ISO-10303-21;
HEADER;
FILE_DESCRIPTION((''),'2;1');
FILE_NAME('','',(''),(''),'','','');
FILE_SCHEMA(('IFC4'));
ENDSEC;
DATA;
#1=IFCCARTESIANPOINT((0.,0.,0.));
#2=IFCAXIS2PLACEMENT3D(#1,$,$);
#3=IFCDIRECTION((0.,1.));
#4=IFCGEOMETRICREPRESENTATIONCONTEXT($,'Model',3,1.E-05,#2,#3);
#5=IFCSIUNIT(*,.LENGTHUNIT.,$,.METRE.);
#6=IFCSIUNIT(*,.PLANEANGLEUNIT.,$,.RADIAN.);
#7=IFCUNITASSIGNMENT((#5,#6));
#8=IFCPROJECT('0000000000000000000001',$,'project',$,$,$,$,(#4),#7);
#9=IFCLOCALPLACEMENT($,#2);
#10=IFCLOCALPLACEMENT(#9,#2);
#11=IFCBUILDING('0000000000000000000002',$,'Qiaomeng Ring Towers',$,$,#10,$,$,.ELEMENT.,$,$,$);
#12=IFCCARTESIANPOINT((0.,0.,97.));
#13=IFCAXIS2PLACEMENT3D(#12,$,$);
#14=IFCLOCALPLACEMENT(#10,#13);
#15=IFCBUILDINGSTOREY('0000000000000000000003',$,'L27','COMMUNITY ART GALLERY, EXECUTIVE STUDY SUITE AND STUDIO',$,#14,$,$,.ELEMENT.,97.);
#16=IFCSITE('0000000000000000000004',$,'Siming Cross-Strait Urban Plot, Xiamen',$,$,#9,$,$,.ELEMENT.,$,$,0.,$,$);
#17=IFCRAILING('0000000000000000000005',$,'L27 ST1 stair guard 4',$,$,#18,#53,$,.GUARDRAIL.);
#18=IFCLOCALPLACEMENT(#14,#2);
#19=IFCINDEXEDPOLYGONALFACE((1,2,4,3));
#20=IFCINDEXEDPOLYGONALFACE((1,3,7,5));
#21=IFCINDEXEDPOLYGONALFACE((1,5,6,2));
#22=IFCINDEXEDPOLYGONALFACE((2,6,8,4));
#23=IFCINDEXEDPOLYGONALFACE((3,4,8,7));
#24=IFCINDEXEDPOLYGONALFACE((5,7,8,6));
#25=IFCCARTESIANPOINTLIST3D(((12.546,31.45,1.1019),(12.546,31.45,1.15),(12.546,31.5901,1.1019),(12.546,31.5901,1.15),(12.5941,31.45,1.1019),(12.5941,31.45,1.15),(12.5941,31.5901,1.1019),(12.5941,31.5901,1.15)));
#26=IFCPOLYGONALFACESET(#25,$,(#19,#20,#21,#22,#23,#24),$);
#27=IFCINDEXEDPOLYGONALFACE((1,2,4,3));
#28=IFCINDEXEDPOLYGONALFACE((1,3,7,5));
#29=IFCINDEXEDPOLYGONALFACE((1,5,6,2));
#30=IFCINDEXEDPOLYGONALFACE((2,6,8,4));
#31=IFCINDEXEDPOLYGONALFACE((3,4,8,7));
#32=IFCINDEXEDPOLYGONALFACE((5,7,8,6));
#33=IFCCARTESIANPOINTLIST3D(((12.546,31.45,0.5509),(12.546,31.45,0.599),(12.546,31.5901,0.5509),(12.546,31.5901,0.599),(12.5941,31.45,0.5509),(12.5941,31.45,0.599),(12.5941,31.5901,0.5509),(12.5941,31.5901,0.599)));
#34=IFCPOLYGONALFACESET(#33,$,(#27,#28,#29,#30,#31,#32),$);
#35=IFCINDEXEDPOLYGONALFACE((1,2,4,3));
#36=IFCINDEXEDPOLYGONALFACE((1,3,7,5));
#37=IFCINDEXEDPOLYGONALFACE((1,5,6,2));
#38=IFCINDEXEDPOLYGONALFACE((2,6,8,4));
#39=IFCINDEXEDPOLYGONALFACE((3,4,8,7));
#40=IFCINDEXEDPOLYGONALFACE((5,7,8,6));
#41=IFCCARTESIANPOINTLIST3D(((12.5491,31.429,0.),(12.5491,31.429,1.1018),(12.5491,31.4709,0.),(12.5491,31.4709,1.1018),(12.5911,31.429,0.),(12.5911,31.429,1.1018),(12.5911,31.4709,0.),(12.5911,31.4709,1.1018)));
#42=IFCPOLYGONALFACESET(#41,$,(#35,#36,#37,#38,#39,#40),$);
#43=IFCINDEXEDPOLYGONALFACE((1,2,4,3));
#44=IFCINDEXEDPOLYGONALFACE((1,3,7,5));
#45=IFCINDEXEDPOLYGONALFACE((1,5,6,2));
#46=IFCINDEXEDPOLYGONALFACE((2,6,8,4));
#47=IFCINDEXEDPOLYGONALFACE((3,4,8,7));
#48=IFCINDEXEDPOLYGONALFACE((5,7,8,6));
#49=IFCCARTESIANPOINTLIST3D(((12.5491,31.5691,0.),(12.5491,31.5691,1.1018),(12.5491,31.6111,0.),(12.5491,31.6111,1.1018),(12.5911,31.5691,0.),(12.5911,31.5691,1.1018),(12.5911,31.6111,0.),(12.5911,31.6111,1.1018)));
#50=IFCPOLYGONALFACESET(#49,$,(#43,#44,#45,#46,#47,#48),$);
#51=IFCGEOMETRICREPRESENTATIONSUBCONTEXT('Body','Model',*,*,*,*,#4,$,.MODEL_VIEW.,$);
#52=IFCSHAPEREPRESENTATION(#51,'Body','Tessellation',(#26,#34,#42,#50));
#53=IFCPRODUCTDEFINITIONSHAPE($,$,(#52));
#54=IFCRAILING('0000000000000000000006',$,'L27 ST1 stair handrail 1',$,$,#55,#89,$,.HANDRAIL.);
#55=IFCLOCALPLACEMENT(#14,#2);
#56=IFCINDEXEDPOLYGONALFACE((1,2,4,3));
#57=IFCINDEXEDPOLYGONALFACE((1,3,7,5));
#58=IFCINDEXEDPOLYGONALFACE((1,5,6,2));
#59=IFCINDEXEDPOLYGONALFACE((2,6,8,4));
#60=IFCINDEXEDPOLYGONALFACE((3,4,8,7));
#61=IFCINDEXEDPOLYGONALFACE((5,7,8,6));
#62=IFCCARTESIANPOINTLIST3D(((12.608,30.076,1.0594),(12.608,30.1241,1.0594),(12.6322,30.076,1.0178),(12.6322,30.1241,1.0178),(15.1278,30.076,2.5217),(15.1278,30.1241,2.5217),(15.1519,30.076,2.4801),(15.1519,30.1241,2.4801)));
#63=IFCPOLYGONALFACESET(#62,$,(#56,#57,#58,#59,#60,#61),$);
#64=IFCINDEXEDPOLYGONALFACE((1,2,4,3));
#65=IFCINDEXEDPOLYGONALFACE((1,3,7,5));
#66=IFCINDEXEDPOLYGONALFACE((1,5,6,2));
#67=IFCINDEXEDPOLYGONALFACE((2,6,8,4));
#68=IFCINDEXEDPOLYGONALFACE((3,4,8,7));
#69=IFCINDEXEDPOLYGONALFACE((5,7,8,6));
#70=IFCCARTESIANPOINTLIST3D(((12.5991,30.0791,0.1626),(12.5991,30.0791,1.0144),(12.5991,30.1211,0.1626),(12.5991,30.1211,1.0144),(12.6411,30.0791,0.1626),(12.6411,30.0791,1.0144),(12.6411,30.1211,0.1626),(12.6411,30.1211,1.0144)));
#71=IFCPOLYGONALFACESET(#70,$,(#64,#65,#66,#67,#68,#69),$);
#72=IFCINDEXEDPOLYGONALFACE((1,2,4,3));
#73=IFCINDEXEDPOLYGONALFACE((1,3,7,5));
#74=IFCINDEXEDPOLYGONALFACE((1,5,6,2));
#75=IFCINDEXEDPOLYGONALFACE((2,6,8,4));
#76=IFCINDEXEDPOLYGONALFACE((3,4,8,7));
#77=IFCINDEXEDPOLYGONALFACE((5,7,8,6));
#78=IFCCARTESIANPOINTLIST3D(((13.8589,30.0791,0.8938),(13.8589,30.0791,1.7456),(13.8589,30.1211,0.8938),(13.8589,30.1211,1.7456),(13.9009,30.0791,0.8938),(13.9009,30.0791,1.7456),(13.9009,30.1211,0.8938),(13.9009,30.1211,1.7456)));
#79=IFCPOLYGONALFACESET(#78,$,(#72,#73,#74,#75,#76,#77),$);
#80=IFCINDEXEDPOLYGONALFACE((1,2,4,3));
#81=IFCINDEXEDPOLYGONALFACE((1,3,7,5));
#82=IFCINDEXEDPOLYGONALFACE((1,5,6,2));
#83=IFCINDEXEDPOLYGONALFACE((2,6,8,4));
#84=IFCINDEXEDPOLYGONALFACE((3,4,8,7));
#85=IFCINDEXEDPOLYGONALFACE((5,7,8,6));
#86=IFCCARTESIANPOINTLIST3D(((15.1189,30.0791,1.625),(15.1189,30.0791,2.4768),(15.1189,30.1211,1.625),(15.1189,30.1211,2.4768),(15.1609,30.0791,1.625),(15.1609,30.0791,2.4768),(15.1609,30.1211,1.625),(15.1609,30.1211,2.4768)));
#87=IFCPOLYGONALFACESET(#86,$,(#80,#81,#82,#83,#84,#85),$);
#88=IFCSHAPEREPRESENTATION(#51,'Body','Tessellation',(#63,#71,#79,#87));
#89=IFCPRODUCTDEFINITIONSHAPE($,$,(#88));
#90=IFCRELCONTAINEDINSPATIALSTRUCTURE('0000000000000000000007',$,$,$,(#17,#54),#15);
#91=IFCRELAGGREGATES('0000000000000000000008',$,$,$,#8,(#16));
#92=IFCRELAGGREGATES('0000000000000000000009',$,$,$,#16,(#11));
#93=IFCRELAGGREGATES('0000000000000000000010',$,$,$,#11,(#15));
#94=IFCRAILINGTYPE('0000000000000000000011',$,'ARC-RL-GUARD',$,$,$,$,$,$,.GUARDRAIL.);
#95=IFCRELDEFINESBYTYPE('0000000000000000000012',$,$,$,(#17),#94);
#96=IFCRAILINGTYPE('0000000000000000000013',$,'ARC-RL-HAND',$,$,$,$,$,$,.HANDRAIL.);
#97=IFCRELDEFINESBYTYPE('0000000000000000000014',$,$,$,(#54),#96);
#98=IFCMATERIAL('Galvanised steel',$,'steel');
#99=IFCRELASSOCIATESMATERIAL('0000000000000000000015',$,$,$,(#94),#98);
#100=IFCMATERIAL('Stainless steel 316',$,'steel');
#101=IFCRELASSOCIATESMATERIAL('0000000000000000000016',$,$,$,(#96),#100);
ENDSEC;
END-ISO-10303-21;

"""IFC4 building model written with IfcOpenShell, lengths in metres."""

from ifc_helpers import new_model, si_unit, direction, frame, origin, origin_2d, place, context, subcontext, project, spatial, rectangle, extrude, material, type_object, element, save


model = new_model("IFC4")

# Units and contexts
model_context = context("Model", 3, precision=1e-05, world=origin(), true_north=direction((0.0, 1.0)))
body_context = subcontext(model_context, "Body", "Model", "MODEL_VIEW")
ifc_project = project(units=[si_unit("LENGTHUNIT", "METRE"), si_unit("PLANEANGLEUNIT", "RADIAN")], contexts=[model_context])

# Site, building, storey
site_placement = place(None, origin())
site = spatial("IfcSite", under=ifc_project, at=site_placement, Name="Siming Cross-Strait Urban Plot, Xiamen", CompositionType="ELEMENT", RefElevation=0.0)
building_placement = place(site_placement, origin())
building = spatial("IfcBuilding", under=site, at=building_placement, Name="Qiaomeng Ring Towers", CompositionType="ELEMENT")
storey_placement = place(building_placement, frame((0.0, 0.0, 97.0)))
storey = spatial("IfcBuildingStorey", under=building, at=storey_placement, Name="L27", Description="COMMUNITY ART GALLERY, EXECUTIVE STUDY SUITE AND STUDIO", CompositionType="ELEMENT", Elevation=97.0)

# Railings
ifc_material_1 = material(Name="Galvanised steel", Category="steel")
railing_type_1 = type_object("IfcRailingType", Name="ARC-RL-GUARD", PredefinedType="GUARDRAIL", material=ifc_material_1)
railing_1_placement = place(storey_placement, frame((12.5701, 31.45, 0.0)))
element("IfcRailing", 1, at=railing_1_placement, inside=storey, type_object=railing_type_1, Name="L27 ST1 stair guard 4", PredefinedType="GUARDRAIL", context=body_context, shape_type="SweptSolid", body=[
    extrude(rectangle(XDim=0.0481, YDim=0.0481, at=origin_2d()), frame((0.0, 0.0, 1.126), z_axis=(0.0, 1.0, 0.0), x_axis=(-1.0, 0.0, 0.0)), (0.0, 0.0, 1.0), 0.1401),
    extrude(rectangle(XDim=0.0481, YDim=0.0481, at=origin_2d()), frame((0.0, 0.0, 0.575), z_axis=(0.0, 1.0, 0.0), x_axis=(-1.0, 0.0, 0.0)), (0.0, 0.0, 1.0), 0.1401),
    extrude(rectangle(XDim=0.042, YDim=0.042, at=origin_2d()), origin(), (0.0, 0.0, 1.0), 1.1018),
    extrude(rectangle(XDim=0.042, YDim=0.042, at=origin_2d()), frame((0.0, 0.1401, 0.0)), (0.0, 0.0, 1.0), 1.1018),
])
ifc_material_2 = material(Name="Stainless steel 316", Category="steel")
railing_type_2 = type_object("IfcRailingType", Name="ARC-RL-HAND", PredefinedType="HANDRAIL", material=ifc_material_2)
railing_2_placement = place(storey_placement, frame((12.6201, 30.1001, 0.1626)))
element("IfcRailing", 2, at=railing_2_placement, inside=storey, type_object=railing_type_2, Name="L27 ST1 stair handrail 1", PredefinedType="HANDRAIL", context=body_context, shape_type="SweptSolid", body=[
    extrude(rectangle(XDim=0.0481, YDim=0.0481, at=origin_2d()), frame((0.0, 0.0, 0.876), z_axis=(0.864892, 0.0, 0.501958), x_axis=(0.0, 1.0, 0.0)), (0.0, 0.0, 1.0), 2.9133),
    extrude(rectangle(XDim=0.042, YDim=0.042, at=origin_2d()), origin(), (0.0, 0.0, 1.0), 0.8518),
    extrude(rectangle(XDim=0.042, YDim=0.042, at=origin_2d()), frame((1.2598, 0.0, 0.7312)), (0.0, 0.0, 1.0), 0.8518),
    extrude(rectangle(XDim=0.042, YDim=0.042, at=origin_2d()), frame((2.5198, 0.0, 1.4624)), (0.0, 0.0, 1.0), 0.8518),
])

save(model, "model.ifc")
